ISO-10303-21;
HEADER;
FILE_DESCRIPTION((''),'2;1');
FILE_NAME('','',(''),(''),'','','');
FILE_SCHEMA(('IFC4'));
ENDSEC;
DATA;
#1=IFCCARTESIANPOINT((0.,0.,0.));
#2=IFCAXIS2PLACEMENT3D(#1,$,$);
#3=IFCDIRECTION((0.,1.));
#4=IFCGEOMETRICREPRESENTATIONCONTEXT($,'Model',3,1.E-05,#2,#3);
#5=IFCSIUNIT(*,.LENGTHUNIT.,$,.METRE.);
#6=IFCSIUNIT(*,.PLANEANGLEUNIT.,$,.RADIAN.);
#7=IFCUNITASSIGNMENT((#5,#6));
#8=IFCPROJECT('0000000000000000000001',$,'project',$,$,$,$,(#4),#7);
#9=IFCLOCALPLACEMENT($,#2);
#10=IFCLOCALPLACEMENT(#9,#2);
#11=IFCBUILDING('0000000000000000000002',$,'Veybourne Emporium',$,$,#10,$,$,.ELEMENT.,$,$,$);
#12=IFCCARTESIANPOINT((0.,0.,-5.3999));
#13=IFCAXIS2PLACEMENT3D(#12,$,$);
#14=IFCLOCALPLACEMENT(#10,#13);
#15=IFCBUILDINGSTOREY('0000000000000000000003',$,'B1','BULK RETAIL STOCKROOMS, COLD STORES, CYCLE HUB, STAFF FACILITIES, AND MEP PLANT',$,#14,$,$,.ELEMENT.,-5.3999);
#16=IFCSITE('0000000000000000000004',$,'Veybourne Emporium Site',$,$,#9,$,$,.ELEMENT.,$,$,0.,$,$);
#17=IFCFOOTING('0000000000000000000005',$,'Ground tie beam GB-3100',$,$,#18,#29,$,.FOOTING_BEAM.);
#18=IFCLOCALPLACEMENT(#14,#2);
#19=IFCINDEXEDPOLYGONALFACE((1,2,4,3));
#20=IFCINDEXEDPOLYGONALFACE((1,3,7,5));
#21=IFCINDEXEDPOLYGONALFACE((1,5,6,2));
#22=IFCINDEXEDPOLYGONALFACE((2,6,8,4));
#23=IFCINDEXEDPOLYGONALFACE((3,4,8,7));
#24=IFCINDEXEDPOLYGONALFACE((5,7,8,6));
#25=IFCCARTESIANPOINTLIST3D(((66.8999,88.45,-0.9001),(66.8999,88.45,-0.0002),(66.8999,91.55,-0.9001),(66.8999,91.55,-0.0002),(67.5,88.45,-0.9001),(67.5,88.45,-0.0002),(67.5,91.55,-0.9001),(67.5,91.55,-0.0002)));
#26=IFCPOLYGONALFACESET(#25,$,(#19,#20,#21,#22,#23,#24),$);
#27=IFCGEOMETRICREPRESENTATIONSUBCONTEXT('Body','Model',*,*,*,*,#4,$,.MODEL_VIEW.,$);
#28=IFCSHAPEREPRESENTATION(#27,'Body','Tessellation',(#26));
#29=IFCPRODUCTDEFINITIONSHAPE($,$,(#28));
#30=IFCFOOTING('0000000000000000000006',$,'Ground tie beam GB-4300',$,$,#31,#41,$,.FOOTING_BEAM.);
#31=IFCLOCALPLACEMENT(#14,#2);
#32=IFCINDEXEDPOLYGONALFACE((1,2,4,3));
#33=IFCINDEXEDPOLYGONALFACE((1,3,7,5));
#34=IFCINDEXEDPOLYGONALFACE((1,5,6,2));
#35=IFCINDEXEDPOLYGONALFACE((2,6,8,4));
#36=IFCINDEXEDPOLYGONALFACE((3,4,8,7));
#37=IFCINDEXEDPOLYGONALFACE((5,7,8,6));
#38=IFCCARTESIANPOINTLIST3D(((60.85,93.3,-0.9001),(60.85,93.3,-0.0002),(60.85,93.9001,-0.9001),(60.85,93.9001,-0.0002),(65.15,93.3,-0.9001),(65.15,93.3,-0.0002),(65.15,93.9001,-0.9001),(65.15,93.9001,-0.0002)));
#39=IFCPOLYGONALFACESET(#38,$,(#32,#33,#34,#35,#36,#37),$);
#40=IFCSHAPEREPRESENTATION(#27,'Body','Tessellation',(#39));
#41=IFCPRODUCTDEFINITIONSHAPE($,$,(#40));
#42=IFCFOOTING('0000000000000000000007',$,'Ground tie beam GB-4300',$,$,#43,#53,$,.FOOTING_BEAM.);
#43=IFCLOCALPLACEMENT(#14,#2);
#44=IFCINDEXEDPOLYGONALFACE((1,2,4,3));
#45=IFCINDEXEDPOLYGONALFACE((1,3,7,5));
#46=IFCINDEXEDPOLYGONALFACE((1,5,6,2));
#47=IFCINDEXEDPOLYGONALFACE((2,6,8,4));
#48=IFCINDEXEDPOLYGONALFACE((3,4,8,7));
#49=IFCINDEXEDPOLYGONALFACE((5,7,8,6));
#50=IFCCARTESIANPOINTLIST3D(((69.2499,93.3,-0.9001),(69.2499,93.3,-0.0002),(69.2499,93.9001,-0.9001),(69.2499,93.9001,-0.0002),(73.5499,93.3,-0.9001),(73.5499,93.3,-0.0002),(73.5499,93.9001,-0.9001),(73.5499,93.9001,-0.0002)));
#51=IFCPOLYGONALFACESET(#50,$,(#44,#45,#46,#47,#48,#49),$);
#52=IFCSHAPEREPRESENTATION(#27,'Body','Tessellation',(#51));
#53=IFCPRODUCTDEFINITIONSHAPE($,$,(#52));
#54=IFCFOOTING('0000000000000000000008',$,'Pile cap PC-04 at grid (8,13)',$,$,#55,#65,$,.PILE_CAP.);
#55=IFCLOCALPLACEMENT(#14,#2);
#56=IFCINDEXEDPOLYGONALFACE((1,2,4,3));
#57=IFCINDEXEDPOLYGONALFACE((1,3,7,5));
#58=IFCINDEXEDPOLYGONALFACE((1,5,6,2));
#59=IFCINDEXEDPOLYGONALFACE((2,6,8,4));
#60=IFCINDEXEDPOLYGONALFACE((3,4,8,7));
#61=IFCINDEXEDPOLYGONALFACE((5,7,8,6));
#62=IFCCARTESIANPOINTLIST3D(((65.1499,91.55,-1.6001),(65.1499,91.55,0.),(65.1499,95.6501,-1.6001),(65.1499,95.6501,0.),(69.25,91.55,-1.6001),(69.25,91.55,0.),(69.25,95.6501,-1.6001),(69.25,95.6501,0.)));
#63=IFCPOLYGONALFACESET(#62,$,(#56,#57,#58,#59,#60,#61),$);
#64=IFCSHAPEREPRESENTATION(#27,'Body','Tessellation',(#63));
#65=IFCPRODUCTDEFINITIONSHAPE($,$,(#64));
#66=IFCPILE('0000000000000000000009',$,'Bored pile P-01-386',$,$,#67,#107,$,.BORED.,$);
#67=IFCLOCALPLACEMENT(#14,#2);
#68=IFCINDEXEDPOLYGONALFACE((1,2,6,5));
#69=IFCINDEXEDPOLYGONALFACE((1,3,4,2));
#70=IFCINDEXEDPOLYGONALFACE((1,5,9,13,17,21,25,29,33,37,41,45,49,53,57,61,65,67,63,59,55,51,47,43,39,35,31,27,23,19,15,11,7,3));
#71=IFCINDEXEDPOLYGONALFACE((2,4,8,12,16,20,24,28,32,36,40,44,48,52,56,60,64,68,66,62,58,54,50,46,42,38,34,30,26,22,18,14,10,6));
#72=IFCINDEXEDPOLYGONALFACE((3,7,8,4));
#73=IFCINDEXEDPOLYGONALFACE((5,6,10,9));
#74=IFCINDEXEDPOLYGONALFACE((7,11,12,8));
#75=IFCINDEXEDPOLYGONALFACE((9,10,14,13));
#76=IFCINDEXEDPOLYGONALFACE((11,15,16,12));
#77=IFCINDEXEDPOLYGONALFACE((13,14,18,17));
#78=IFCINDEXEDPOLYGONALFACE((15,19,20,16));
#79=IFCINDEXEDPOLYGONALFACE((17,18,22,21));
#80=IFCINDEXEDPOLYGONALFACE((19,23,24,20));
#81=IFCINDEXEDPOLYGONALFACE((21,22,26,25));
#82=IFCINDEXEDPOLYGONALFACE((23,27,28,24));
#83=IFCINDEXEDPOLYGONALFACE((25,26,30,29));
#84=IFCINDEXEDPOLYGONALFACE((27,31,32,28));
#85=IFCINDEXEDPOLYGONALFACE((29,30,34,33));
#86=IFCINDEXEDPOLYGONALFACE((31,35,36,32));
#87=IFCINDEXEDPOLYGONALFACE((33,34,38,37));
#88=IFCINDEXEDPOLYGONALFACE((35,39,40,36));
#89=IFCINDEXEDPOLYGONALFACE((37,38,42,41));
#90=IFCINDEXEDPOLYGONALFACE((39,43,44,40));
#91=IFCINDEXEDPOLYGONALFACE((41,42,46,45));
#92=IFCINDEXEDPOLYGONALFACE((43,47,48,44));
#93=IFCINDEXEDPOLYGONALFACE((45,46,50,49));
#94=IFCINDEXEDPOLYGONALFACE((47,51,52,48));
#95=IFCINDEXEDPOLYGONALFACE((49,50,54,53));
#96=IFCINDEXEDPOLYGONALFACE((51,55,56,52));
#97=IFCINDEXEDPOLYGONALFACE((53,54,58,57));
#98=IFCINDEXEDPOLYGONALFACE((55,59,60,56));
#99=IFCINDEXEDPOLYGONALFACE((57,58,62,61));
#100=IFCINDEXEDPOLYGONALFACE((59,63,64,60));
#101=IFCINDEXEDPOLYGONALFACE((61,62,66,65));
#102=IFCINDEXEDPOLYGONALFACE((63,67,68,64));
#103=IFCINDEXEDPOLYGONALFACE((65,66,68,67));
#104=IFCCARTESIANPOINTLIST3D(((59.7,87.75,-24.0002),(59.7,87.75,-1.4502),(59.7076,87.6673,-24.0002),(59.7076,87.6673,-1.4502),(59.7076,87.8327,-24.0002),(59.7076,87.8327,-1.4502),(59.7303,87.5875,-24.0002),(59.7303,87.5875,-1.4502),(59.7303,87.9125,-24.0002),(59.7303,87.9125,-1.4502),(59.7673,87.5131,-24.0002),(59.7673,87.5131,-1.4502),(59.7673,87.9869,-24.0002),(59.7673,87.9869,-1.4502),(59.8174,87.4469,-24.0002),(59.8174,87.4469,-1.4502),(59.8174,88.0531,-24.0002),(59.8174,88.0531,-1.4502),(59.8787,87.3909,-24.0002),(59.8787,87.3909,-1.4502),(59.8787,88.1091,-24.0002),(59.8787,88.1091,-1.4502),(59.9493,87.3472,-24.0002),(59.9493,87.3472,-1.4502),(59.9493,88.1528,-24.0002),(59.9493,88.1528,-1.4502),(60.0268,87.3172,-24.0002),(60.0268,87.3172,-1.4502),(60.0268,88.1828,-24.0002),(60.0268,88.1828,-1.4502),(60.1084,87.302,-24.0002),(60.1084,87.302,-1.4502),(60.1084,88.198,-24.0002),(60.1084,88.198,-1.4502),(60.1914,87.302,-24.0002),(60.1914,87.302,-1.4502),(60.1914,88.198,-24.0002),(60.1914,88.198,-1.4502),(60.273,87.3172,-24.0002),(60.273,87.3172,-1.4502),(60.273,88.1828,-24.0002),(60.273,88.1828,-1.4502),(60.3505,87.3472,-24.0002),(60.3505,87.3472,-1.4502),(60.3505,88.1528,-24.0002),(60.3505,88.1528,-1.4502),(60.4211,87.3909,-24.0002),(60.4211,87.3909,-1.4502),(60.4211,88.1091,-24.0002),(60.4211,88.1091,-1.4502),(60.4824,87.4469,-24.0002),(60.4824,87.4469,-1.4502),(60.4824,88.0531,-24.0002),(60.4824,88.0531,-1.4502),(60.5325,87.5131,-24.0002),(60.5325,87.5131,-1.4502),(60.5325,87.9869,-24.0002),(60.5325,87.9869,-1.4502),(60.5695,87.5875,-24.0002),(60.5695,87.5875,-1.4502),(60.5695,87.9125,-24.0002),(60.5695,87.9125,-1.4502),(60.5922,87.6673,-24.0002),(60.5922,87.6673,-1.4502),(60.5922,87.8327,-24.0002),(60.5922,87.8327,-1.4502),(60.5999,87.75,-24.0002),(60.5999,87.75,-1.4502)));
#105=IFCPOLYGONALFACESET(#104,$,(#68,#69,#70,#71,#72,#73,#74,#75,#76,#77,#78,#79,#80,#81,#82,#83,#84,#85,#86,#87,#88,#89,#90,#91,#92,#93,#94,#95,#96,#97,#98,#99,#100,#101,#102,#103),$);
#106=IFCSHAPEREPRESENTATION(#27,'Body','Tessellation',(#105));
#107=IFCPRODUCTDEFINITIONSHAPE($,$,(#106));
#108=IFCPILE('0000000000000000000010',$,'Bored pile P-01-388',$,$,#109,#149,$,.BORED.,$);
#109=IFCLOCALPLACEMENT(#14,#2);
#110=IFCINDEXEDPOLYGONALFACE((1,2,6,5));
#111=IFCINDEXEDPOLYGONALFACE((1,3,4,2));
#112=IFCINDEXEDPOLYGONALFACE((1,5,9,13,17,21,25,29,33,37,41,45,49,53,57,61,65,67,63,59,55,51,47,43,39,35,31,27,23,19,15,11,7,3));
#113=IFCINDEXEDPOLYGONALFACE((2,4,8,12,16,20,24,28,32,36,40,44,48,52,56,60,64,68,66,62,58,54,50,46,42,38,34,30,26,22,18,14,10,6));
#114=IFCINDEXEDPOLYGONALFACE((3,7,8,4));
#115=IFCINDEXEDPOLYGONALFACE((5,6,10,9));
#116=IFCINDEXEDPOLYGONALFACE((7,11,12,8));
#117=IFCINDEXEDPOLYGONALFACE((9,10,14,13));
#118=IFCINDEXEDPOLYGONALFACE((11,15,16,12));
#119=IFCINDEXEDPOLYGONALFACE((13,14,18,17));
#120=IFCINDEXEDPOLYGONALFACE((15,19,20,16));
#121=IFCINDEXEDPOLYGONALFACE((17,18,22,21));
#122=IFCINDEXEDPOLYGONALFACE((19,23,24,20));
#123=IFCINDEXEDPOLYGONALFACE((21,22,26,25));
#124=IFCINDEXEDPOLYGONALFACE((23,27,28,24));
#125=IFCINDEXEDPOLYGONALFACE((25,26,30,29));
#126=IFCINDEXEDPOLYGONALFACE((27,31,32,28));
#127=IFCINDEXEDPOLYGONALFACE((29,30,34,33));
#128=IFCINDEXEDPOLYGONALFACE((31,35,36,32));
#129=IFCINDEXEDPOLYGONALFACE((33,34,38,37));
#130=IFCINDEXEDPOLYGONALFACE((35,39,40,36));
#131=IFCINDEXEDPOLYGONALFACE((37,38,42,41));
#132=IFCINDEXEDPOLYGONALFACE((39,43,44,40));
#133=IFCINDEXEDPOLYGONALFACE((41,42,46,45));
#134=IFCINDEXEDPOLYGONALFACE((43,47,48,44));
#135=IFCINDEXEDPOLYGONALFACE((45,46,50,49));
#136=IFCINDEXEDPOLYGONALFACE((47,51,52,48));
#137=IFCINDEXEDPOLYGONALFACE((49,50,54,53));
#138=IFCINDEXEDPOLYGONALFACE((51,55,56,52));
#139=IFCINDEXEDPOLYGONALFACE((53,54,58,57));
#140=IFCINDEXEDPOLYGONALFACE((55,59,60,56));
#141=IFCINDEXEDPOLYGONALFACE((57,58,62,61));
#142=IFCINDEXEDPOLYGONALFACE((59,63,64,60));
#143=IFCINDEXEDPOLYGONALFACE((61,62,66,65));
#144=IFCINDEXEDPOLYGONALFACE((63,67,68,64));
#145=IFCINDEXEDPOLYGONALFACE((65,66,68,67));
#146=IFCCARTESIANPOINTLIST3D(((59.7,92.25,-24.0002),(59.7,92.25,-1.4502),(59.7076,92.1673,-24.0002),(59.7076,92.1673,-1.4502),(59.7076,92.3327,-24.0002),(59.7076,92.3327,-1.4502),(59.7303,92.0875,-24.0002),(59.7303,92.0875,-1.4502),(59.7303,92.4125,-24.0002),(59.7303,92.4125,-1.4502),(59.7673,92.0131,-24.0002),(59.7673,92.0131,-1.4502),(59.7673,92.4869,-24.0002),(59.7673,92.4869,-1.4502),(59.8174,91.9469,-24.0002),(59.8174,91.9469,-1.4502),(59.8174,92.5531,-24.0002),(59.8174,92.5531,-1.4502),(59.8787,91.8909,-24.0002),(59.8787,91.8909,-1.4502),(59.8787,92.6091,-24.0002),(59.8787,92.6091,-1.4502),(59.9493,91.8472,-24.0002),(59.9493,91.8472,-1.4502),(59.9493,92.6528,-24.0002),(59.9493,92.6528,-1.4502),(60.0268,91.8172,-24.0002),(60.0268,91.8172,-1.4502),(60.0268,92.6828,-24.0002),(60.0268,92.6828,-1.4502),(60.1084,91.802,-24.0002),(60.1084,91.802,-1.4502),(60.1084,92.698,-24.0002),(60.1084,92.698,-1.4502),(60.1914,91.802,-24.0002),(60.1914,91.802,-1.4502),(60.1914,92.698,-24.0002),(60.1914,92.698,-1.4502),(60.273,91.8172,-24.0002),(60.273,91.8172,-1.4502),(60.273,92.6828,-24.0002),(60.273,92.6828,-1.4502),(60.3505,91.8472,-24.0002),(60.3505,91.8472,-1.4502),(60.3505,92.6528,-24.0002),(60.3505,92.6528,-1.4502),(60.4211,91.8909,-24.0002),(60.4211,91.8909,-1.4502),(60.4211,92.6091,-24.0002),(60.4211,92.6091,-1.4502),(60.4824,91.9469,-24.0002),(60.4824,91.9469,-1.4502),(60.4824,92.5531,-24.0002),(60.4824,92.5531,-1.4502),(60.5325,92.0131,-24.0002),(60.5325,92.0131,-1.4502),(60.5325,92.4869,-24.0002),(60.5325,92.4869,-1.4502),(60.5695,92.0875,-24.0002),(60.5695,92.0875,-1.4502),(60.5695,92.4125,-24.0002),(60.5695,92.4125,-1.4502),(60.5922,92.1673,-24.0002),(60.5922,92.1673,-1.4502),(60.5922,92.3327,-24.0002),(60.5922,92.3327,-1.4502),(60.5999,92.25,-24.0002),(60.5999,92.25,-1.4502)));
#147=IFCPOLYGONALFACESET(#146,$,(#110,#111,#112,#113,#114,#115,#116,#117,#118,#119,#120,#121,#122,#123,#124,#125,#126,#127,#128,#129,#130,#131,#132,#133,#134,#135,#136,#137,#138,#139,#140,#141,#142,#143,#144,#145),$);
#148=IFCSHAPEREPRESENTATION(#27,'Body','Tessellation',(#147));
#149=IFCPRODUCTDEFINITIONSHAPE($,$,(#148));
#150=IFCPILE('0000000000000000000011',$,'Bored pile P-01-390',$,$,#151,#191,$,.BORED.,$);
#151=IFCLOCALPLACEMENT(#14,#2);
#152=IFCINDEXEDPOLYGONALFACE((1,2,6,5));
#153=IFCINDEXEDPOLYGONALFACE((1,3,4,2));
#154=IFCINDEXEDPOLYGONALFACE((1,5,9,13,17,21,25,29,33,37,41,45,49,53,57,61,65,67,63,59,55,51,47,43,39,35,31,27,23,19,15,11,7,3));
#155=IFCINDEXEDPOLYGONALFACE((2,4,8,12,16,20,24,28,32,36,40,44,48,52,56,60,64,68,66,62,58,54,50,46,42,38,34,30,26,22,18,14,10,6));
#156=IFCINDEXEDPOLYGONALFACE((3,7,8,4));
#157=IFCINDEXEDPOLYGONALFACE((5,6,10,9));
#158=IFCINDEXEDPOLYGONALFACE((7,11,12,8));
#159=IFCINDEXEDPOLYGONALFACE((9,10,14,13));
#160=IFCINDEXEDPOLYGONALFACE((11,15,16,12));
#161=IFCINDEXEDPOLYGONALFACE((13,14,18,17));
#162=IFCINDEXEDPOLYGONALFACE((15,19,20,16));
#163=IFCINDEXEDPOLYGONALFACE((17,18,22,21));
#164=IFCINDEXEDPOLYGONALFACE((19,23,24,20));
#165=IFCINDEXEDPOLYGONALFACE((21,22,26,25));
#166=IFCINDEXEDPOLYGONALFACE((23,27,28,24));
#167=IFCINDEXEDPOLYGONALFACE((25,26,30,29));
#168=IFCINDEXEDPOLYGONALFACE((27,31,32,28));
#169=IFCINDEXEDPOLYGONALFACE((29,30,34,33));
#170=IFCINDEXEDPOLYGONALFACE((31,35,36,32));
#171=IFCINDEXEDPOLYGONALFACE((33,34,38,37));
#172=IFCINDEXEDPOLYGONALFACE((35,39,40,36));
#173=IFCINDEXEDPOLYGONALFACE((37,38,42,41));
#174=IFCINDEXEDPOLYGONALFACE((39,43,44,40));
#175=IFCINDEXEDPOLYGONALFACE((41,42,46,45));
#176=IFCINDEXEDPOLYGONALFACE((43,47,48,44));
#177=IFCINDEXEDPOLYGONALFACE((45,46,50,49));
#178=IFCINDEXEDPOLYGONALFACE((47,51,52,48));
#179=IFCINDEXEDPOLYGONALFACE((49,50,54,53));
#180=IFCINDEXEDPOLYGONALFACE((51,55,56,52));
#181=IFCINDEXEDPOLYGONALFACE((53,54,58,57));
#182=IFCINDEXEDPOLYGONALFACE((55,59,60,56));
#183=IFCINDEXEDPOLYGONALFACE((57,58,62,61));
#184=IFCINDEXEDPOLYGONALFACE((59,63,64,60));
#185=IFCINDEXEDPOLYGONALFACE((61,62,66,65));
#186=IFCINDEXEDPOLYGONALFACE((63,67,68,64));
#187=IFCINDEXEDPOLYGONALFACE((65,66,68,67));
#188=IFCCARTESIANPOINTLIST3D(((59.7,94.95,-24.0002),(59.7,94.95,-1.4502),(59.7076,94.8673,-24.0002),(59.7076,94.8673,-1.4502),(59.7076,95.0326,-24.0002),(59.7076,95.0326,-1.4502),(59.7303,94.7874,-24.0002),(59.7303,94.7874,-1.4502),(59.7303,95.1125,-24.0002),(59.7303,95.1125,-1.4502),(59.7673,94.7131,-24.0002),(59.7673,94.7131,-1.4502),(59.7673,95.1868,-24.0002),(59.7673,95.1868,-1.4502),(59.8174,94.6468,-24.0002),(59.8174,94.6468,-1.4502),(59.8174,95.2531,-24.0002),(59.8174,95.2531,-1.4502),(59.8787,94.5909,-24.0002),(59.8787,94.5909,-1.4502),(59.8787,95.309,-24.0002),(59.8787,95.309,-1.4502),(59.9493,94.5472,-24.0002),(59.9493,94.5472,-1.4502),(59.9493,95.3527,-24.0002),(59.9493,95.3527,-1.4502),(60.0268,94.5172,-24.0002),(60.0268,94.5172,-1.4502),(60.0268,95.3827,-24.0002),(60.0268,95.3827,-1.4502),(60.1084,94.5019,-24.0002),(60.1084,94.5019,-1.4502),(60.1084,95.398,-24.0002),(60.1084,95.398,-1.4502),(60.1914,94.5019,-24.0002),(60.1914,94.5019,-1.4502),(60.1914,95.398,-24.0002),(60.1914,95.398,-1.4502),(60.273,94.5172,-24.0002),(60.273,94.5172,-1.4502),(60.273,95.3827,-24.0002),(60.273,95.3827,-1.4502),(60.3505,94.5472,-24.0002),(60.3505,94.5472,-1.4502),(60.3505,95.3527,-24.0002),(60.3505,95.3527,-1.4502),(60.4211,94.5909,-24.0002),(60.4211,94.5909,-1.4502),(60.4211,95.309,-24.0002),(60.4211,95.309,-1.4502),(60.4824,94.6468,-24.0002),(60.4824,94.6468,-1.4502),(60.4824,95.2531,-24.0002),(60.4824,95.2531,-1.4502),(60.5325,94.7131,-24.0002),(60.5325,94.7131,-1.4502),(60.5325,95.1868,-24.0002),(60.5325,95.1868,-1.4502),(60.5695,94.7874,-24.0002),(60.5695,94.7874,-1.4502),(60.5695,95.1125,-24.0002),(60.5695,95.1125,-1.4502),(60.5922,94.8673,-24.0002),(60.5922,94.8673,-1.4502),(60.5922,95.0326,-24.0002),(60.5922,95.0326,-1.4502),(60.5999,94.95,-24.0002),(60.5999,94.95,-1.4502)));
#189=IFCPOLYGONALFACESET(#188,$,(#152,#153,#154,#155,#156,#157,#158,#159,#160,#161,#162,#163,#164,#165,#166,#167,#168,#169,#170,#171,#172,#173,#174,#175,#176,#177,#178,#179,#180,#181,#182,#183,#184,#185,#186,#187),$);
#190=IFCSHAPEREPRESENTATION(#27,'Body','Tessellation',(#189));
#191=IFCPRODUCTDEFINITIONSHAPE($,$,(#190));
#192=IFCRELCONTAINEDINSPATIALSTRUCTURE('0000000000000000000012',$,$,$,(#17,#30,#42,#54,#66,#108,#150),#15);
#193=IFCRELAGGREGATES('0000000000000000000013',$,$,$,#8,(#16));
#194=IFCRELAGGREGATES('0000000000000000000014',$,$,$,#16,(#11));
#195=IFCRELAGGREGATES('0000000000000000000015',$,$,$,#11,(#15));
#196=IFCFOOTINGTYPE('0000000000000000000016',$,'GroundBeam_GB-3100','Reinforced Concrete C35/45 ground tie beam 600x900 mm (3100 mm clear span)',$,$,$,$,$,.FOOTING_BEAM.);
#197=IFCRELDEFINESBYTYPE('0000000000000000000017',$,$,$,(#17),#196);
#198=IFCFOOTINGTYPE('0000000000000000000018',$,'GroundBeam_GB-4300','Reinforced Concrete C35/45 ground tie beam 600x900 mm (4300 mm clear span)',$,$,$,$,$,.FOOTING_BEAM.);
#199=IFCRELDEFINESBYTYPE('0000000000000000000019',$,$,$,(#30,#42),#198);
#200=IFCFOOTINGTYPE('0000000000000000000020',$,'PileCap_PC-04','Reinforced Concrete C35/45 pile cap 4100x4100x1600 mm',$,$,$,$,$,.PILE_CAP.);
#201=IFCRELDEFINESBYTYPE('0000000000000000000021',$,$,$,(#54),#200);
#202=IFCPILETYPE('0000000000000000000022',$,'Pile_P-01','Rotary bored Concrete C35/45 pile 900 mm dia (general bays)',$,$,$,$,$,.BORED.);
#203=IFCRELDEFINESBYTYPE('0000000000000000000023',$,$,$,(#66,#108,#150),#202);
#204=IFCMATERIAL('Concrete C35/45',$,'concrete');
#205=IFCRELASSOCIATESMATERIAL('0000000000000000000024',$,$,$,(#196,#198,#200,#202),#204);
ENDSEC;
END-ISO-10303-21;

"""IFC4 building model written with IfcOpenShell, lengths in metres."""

from ifc_helpers import new_model, si_unit, direction, frame, origin, origin_2d, place, context, subcontext, project, spatial, rectangle, circle, extrude, material, material_profile, profile_set, type_object, element, save


model = new_model("IFC4")

# Units and contexts
model_context = context("Model", 3, precision=1e-05, world=origin(), true_north=direction((0.0, 1.0)))
body_context = subcontext(model_context, "Body", "Model", "MODEL_VIEW")
ifc_project = project(units=[si_unit("LENGTHUNIT", "METRE"), si_unit("PLANEANGLEUNIT", "RADIAN")], contexts=[model_context])

# Site, building, storey
site_placement = place(None, origin())
site = spatial("IfcSite", under=ifc_project, at=site_placement, Name="Veybourne Emporium Site", CompositionType="ELEMENT", RefElevation=0.0)
building_placement = place(site_placement, origin())
building = spatial("IfcBuilding", under=site, at=building_placement, Name="Veybourne Emporium", CompositionType="ELEMENT")
storey_placement = place(building_placement, frame((0.0, 0.0, -5.3999)))
storey = spatial("IfcBuildingStorey", under=building, at=storey_placement, Name="B1", Description="BULK RETAIL STOCKROOMS, COLD STORES, CYCLE HUB, STAFF FACILITIES, AND MEP PLANT", CompositionType="ELEMENT", Elevation=-5.3999)

# Footings
ifc_material_1 = material(Name="Concrete C35/45", Category="concrete")
footing_type_1 = type_object("IfcFootingType", Name="GroundBeam_GB-3100", Description="Reinforced Concrete C35/45 ground tie beam 600x900 mm (3100 mm clear span)", PredefinedType="FOOTING_BEAM", material=ifc_material_1)
footing_1_placement = place(storey_placement, frame((67.2, 90.0, -0.9001), z_axis=(0.0, 0.0, 1.0), x_axis=(0.0, 1.0, 0.0)))
element("IfcFooting", 1, at=footing_1_placement, inside=storey, type_object=footing_type_1, Name="Ground tie beam GB-3100", PredefinedType="FOOTING_BEAM", context=body_context, shape_type="SweptSolid", body=[
    extrude(rectangle(XDim=3.1001, YDim=0.6001, at=origin_2d()), origin(), (0.0, 0.0, 1.0), 0.8999),
])
footing_type_2 = type_object("IfcFootingType", Name="GroundBeam_GB-4300", Description="Reinforced Concrete C35/45 ground tie beam 600x900 mm (4300 mm clear span)", PredefinedType="FOOTING_BEAM", material=ifc_material_1)
for number, where, z_axis, x_axis, name in (
    (2, (63.0, 93.6001, -0.9001), (0.0, 0.0, 1.0), (1.0, 0.0, 0.0), "Ground tie beam GB-4300"),
    (3, (71.3999, 93.6001, -0.9001), (0.0, 0.0, 1.0), (1.0, 0.0, 0.0), "Ground tie beam GB-4300"),
):
    element("IfcFooting", number, at=place(storey_placement, frame(where, z_axis=z_axis, x_axis=x_axis)), inside=storey, type_object=footing_type_2, Name=name, PredefinedType="FOOTING_BEAM", context=body_context, shape_type="SweptSolid", body=[
        extrude(rectangle(XDim=4.3, YDim=0.6001, at=origin_2d()), origin(), (0.0, 0.0, 1.0), 0.8999),
    ])
footing_type_3 = type_object("IfcFootingType", Name="PileCap_PC-04", Description="Reinforced Concrete C35/45 pile cap 4100x4100x1600 mm", PredefinedType="PILE_CAP", material=ifc_material_1)
footing_2_placement = place(storey_placement, frame((67.2, 93.6001, -1.6001), z_axis=(0.0, 0.0, 1.0), x_axis=(1.0, 0.0, 0.0)))
element("IfcFooting", 4, at=footing_2_placement, inside=storey, type_object=footing_type_3, Name="Pile cap PC-04 at grid (8,13)", PredefinedType="PILE_CAP", context=body_context, shape_type="SweptSolid", body=[
    extrude(rectangle(XDim=4.1001, YDim=4.1001, at=origin_2d()), origin(), (0.0, 0.0, 1.0), 1.6001),
])

# Piles
ifc_material_profile_1 = material_profile(ifc_material_1, circle(Radius=0.45, at=origin_2d()), Name="BORED PILE 900")
ifc_profile_set_1 = profile_set([ifc_material_profile_1], Name="Concrete C35/45")
pile_type = type_object("IfcPileType", Name="Pile_P-01", Description="Rotary bored Concrete C35/45 pile 900 mm dia (general bays)", PredefinedType="BORED", material=ifc_profile_set_1)
for number, where, z_axis, x_axis, name in (
    (5, (60.1499, 87.75, -1.4502), (0.0, 0.0, -1.0), (1.0, 0.0, 0.0), "Bored pile P-01-386"),
    (6, (60.1499, 92.25, -1.4502), (0.0, 0.0, -1.0), (1.0, 0.0, 0.0), "Bored pile P-01-388"),
    (7, (60.1499, 94.95, -1.4502), (0.0, 0.0, -1.0), (1.0, 0.0, 0.0), "Bored pile P-01-390"),
):
    element("IfcPile", number, at=place(storey_placement, frame(where, z_axis=z_axis, x_axis=x_axis)), inside=storey, type_object=pile_type, Name=name, PredefinedType="BORED", context=body_context, shape_type="SweptSolid", body=[
        extrude(circle(Radius=0.45, at=origin_2d()), origin(), (0.0, 0.0, 1.0), 22.55),
    ])

save(model, "model.ifc")
